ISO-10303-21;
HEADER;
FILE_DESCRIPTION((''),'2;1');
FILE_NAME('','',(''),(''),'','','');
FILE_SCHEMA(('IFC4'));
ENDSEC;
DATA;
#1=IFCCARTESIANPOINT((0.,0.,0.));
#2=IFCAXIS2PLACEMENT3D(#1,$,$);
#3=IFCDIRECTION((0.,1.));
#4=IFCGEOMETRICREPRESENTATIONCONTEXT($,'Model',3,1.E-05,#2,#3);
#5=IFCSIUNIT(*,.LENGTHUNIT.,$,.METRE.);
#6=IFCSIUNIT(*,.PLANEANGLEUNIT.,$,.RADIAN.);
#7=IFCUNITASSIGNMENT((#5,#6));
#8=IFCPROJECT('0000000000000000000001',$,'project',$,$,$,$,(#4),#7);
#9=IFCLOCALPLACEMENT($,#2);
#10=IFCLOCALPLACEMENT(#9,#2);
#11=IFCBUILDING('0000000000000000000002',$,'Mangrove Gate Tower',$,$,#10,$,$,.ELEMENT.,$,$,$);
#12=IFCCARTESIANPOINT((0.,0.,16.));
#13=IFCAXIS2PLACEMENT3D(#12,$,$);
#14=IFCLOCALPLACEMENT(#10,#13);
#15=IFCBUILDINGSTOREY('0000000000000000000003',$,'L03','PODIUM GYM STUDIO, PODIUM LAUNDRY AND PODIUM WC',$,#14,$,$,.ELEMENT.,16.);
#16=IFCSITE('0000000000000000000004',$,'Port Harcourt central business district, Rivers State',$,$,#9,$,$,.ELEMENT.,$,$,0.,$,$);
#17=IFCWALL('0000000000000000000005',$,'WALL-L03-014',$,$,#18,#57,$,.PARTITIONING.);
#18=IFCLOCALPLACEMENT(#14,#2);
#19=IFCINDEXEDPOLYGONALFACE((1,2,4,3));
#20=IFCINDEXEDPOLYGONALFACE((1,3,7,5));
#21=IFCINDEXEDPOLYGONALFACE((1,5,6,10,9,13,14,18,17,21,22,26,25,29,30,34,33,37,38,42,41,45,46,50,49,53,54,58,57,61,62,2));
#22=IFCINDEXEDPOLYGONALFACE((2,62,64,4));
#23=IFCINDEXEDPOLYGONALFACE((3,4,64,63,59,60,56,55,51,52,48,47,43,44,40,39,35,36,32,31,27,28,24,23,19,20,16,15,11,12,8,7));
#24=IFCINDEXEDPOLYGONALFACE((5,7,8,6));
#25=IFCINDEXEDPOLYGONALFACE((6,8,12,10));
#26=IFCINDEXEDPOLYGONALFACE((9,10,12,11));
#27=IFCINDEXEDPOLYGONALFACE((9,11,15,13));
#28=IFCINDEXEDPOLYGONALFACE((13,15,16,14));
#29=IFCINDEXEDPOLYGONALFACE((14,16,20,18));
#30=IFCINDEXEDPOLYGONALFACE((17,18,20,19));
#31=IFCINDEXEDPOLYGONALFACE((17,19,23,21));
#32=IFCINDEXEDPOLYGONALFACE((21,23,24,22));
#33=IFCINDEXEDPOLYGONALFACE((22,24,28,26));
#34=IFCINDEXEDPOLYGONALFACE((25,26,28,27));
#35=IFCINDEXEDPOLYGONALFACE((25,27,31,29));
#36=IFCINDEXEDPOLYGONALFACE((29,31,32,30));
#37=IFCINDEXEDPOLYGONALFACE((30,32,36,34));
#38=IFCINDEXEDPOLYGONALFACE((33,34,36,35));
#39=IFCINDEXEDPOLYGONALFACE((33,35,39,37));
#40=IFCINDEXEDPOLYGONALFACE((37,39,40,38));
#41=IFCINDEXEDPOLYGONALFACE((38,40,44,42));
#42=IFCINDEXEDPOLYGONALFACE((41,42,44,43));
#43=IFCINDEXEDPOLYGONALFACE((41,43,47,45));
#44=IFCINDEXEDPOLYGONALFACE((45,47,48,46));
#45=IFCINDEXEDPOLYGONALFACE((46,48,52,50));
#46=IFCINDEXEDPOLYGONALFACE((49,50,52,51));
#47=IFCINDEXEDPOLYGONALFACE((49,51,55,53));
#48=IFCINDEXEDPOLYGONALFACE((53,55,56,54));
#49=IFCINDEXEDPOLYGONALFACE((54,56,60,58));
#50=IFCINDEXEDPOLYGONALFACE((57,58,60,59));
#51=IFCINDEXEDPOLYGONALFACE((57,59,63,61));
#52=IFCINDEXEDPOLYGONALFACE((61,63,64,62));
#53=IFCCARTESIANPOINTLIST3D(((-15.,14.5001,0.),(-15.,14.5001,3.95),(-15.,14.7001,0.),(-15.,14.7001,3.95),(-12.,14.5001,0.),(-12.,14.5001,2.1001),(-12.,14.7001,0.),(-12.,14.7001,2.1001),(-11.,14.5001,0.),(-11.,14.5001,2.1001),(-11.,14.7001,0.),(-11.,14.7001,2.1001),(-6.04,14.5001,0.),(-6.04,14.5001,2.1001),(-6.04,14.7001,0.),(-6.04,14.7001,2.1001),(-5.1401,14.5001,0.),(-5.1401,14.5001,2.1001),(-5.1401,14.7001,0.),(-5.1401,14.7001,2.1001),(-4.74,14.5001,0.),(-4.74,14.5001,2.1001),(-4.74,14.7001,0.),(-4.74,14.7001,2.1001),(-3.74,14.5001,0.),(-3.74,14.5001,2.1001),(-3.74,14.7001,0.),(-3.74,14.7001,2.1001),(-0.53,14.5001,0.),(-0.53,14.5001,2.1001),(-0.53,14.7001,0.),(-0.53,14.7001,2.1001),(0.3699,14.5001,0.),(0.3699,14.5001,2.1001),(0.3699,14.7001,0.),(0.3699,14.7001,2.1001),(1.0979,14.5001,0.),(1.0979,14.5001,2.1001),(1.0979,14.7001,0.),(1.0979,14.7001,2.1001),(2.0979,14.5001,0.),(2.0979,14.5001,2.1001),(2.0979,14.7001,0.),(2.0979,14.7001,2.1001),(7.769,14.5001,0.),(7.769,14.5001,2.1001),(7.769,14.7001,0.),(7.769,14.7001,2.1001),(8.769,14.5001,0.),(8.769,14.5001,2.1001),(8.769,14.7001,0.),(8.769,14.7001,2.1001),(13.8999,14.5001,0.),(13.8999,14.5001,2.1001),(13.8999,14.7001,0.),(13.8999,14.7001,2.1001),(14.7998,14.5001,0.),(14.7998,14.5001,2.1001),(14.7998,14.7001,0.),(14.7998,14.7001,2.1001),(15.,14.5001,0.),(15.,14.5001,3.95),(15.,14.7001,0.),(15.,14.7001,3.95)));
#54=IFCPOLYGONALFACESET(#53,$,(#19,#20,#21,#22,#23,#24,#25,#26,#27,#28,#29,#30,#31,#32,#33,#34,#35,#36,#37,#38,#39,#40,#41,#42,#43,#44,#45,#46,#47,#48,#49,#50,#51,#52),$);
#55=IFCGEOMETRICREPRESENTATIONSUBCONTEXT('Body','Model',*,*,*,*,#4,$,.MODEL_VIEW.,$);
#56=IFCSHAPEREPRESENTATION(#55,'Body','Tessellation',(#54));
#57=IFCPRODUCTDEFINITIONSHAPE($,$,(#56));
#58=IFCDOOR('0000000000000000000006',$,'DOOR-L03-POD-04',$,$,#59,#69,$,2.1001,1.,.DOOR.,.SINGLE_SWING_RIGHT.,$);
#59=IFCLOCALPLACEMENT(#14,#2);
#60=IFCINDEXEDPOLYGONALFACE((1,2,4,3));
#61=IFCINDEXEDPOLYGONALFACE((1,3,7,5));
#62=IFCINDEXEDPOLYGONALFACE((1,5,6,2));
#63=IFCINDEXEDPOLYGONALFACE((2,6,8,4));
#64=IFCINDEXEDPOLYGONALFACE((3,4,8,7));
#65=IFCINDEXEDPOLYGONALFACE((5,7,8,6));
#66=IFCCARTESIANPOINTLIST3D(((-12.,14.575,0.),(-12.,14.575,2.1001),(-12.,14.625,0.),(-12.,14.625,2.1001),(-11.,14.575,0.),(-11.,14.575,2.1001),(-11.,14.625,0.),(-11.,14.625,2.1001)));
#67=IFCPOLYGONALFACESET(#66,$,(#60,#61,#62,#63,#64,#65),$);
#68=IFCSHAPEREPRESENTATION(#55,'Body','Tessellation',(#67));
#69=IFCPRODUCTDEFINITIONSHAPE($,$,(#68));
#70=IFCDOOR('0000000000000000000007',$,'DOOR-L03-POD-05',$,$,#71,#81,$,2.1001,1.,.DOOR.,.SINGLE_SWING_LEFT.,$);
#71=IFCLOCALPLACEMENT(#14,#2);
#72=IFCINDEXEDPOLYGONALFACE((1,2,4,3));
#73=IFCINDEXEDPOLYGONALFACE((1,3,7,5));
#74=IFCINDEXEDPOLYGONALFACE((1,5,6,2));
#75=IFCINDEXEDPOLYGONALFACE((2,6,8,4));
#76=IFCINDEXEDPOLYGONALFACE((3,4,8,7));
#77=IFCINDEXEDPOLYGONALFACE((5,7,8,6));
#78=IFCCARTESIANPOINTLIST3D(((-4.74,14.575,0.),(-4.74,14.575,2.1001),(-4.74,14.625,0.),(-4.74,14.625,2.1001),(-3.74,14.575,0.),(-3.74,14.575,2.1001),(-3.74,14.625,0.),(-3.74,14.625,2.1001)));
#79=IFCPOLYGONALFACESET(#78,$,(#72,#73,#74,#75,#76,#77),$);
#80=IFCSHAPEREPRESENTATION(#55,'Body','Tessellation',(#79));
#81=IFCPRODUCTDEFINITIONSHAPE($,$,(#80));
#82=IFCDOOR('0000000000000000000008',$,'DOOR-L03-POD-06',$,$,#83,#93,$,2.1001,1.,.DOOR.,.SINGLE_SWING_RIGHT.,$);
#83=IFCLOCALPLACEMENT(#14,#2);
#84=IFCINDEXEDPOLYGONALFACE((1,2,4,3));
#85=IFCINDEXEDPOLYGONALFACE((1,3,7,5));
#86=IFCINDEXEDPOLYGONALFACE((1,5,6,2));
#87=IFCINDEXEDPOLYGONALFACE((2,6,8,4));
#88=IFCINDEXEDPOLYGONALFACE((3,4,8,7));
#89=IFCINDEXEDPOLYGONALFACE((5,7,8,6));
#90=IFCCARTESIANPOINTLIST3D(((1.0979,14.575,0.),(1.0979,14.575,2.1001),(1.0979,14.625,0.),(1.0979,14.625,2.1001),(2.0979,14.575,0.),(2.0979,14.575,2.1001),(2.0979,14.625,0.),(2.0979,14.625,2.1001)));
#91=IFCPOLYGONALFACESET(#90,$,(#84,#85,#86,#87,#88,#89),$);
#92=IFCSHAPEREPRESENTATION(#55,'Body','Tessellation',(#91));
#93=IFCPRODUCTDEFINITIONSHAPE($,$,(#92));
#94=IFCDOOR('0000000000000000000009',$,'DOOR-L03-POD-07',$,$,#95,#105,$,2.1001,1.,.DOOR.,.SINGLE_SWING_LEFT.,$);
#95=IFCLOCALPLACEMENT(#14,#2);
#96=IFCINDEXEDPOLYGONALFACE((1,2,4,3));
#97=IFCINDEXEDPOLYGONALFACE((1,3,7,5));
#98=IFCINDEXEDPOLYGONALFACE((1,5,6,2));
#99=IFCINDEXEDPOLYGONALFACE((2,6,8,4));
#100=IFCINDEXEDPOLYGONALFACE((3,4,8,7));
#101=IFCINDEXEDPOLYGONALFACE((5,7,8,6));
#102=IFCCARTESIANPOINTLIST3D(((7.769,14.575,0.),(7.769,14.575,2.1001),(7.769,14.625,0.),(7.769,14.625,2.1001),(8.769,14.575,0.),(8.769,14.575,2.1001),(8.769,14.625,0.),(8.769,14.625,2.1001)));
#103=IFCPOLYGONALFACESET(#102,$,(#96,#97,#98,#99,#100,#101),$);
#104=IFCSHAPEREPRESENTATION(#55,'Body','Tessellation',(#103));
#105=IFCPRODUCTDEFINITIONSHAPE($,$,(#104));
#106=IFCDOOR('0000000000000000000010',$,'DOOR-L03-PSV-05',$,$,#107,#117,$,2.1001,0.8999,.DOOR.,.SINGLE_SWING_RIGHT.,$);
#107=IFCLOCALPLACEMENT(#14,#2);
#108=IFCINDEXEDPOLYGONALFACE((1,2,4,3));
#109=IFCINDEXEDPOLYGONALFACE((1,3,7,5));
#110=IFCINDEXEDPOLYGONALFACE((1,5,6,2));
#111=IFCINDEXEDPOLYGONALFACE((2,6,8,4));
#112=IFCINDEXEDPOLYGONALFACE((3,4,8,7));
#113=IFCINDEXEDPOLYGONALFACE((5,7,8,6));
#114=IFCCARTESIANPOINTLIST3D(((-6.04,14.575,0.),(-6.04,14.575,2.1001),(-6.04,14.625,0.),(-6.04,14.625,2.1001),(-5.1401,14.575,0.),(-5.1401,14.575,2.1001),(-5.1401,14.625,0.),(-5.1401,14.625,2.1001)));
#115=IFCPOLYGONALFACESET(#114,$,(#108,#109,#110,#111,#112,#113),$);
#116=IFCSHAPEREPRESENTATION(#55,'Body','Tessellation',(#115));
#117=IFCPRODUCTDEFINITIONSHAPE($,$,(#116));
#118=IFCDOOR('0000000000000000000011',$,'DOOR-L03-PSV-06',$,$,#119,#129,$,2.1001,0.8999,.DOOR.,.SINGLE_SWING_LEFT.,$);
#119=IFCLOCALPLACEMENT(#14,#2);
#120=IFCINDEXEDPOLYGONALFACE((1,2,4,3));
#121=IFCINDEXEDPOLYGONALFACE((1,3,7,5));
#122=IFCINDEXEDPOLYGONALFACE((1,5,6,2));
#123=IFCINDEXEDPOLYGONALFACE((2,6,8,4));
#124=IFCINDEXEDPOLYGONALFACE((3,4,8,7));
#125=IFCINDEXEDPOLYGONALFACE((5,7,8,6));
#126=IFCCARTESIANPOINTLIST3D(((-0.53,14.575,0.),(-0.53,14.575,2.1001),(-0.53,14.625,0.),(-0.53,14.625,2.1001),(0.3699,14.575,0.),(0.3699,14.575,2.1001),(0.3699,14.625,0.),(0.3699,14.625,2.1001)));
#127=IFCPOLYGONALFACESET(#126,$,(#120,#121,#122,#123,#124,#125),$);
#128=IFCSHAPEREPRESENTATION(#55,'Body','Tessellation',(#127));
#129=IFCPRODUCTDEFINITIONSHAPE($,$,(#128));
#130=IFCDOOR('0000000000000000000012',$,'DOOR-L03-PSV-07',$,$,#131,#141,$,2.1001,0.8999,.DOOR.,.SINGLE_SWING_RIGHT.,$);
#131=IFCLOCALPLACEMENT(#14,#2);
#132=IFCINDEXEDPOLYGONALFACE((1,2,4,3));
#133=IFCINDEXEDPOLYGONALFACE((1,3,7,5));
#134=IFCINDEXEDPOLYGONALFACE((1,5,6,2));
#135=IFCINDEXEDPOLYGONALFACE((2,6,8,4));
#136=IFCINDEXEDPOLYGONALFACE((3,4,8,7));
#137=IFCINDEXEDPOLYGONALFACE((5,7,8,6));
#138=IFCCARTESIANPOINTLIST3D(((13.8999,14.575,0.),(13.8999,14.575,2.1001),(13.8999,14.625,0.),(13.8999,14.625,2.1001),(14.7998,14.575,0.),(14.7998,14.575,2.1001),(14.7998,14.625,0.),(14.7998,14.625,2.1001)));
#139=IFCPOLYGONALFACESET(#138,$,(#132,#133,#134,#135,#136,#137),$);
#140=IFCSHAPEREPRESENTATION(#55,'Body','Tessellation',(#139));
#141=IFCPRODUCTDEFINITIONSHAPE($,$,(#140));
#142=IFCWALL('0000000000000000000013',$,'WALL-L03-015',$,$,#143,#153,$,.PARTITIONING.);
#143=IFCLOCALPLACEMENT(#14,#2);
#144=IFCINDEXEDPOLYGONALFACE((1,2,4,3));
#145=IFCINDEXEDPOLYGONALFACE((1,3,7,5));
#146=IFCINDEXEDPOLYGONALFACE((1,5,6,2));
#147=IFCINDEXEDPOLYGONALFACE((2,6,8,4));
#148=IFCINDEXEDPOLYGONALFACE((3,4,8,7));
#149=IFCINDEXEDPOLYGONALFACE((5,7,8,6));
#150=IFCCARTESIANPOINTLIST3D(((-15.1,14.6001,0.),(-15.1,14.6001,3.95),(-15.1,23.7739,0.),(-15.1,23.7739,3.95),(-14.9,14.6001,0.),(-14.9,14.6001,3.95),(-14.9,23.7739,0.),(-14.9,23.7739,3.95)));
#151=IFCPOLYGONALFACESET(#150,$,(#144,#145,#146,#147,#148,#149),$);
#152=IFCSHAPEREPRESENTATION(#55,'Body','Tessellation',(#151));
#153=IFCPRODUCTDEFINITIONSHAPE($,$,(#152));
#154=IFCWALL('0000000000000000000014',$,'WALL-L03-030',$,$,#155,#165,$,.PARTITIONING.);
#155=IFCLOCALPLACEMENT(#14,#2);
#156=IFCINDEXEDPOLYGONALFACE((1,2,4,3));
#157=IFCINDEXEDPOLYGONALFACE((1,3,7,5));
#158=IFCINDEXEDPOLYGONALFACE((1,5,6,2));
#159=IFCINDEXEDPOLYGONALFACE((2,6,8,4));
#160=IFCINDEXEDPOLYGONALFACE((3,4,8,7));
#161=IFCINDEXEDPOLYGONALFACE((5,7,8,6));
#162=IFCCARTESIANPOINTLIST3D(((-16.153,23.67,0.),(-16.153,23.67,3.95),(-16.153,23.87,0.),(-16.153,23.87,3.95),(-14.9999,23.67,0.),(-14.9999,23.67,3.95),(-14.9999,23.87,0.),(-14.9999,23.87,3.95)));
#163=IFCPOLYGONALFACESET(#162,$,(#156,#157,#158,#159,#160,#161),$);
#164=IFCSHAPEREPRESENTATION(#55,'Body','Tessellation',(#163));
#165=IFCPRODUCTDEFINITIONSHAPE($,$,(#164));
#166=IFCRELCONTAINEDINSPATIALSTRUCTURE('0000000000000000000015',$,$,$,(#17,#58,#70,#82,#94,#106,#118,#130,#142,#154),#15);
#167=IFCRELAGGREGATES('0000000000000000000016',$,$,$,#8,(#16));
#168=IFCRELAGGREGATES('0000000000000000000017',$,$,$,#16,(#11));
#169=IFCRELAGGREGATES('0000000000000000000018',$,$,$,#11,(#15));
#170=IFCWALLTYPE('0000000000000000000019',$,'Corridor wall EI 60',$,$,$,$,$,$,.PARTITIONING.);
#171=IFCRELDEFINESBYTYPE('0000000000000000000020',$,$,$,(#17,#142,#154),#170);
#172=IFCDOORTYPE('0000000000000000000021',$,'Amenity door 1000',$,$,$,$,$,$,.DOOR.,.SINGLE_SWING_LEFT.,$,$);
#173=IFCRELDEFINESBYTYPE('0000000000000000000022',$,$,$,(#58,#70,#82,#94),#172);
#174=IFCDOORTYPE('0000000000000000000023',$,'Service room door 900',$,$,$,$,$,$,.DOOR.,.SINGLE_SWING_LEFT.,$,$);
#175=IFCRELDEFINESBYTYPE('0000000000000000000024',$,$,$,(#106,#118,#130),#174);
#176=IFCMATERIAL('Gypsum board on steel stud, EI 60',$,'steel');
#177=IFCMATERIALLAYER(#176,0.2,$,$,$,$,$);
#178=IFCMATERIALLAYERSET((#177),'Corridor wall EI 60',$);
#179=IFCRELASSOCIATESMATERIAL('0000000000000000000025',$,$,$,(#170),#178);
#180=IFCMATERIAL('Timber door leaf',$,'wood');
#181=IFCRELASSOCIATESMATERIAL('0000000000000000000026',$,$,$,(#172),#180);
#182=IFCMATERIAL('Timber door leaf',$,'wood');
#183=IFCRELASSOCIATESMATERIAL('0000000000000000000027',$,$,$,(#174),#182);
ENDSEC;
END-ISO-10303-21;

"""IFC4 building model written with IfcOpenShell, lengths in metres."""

from ifc_helpers import new_model, si_unit, direction, frame, frame_2d, origin, place, context, subcontext, project, spatial, rectangle, extrude, material, layer, layer_set, type_object, element, fill, save


model = new_model("IFC4")

# Units and contexts
model_context = context("Model", 3, precision=1e-05, world=origin(), true_north=direction((0.0, 1.0)))
body_context = subcontext(model_context, "Body", "Model", "MODEL_VIEW")
ifc_project = project(units=[si_unit("LENGTHUNIT", "METRE"), si_unit("PLANEANGLEUNIT", "RADIAN")], contexts=[model_context])

# Site, building, storey
site_placement = place(None, origin())
site = spatial("IfcSite", under=ifc_project, at=site_placement, Name="Port Harcourt central business district, Rivers State", CompositionType="ELEMENT", RefElevation=0.0)
building_placement = place(site_placement, origin())
building = spatial("IfcBuilding", under=site, at=building_placement, Name="Mangrove Gate Tower", CompositionType="ELEMENT")
storey_placement = place(building_placement, frame((0.0, 0.0, 16.0)))
storey = spatial("IfcBuildingStorey", under=building, at=storey_placement, Name="L03", Description="PODIUM GYM STUDIO, PODIUM LAUNDRY AND PODIUM WC", CompositionType="ELEMENT", Elevation=16.0)

# Wall, openings, doors
ifc_material_1 = material(Name="Gypsum board on steel stud, EI 60", Category="steel")
ifc_layer_1 = layer(ifc_material_1, 0.2)
ifc_layer_set_1 = layer_set([ifc_layer_1], Name="Corridor wall EI 60")
wall_type_1 = type_object("IfcWallType", Name="Corridor wall EI 60", PredefinedType="PARTITIONING", material=ifc_layer_set_1)
wall_1_placement = place(storey_placement, frame((-15.0, 14.6001, 0.0), z_axis=(0.0, 0.0, 1.0), x_axis=(1.0, 0.0, 0.0)))
wall_1 = element("IfcWall", 1, at=wall_1_placement, inside=storey, type_object=wall_type_1, Name="WALL-L03-014", PredefinedType="PARTITIONING", context=body_context, shape_type="SweptSolid", body=[
    extrude(rectangle(XDim=30.0, YDim=0.2, at=frame_2d((15.0, 0.0))), origin(), (0.0, 0.0, 1.0), 3.95),
])
opening_1_placement = place(wall_1_placement, frame((3.0, 0.0, 0.0)))
opening_1 = element("IfcOpeningElement", 2, at=opening_1_placement, cuts=wall_1, PredefinedType="OPENING", context=body_context, shape_type="SweptSolid", body=[
    extrude(rectangle(XDim=1.0, YDim=2.1001, at=frame_2d((0.5, 1.05))), frame((0.0, 0.1099, 0.0), z_axis=(0.0, -1.0, 0.0), x_axis=(1.0, 0.0, 0.0)), (0.0, 0.0, 1.0), 0.22),
])
opening_2_placement = place(wall_1_placement, frame((10.26, 0.0, 0.0)))
opening_2 = element("IfcOpeningElement", 3, at=opening_2_placement, cuts=wall_1, PredefinedType="OPENING", context=body_context, shape_type="SweptSolid", body=[
    extrude(rectangle(XDim=1.0, YDim=2.1001, at=frame_2d((0.5, 1.05))), frame((0.0, 0.1099, 0.0), z_axis=(0.0, -1.0, 0.0), x_axis=(1.0, 0.0, 0.0)), (0.0, 0.0, 1.0), 0.22),
])
opening_3_placement = place(wall_1_placement, frame((8.96, 0.0, 0.0)))
opening_3 = element("IfcOpeningElement", 4, at=opening_3_placement, cuts=wall_1, PredefinedType="OPENING", context=body_context, shape_type="SweptSolid", body=[
    extrude(rectangle(XDim=0.8999, YDim=2.1001, at=frame_2d((0.45, 1.05))), frame((0.0, 0.1099, 0.0), z_axis=(0.0, -1.0, 0.0), x_axis=(1.0, 0.0, 0.0)), (0.0, 0.0, 1.0), 0.22),
])
opening_4_placement = place(wall_1_placement, frame((16.0979, 0.0, 0.0)))
opening_4 = element("IfcOpeningElement", 5, at=opening_4_placement, cuts=wall_1, PredefinedType="OPENING", context=body_context, shape_type="SweptSolid", body=[
    extrude(rectangle(XDim=1.0, YDim=2.1001, at=frame_2d((0.5, 1.05))), frame((0.0, 0.1099, 0.0), z_axis=(0.0, -1.0, 0.0), x_axis=(1.0, 0.0, 0.0)), (0.0, 0.0, 1.0), 0.22),
])
opening_5_placement = place(wall_1_placement, frame((14.47, 0.0, 0.0)))
opening_5 = element("IfcOpeningElement", 6, at=opening_5_placement, cuts=wall_1, PredefinedType="OPENING", context=body_context, shape_type="SweptSolid", body=[
    extrude(rectangle(XDim=0.8999, YDim=2.1001, at=frame_2d((0.45, 1.05))), frame((0.0, 0.1099, 0.0), z_axis=(0.0, -1.0, 0.0), x_axis=(1.0, 0.0, 0.0)), (0.0, 0.0, 1.0), 0.22),
])
opening_6_placement = place(wall_1_placement, frame((22.769, 0.0, 0.0)))
opening_6 = element("IfcOpeningElement", 7, at=opening_6_placement, cuts=wall_1, PredefinedType="OPENING", context=body_context, shape_type="SweptSolid", body=[
    extrude(rectangle(XDim=1.0, YDim=2.1001, at=frame_2d((0.5, 1.05))), frame((0.0, 0.1099, 0.0), z_axis=(0.0, -1.0, 0.0), x_axis=(1.0, 0.0, 0.0)), (0.0, 0.0, 1.0), 0.22),
])
opening_7_placement = place(wall_1_placement, frame((28.8999, 0.0, 0.0)))
opening_7 = element("IfcOpeningElement", 8, at=opening_7_placement, cuts=wall_1, PredefinedType="OPENING", context=body_context, shape_type="SweptSolid", body=[
    extrude(rectangle(XDim=0.8999, YDim=2.1001, at=frame_2d((0.45, 1.05))), frame((0.0, 0.1099, 0.0), z_axis=(0.0, -1.0, 0.0), x_axis=(1.0, 0.0, 0.0)), (0.0, 0.0, 1.0), 0.22),
])
ifc_material_2 = material(Name="Timber door leaf", Category="wood")
door_type_1 = type_object("IfcDoorType", Name="Amenity door 1000", OperationType="SINGLE_SWING_LEFT", PredefinedType="DOOR", material=ifc_material_2)
door_1_placement = place(opening_1_placement, origin())
door_1 = element("IfcDoor", 9, at=door_1_placement, inside=storey, type_object=door_type_1, Name="DOOR-L03-POD-04", OperationType="SINGLE_SWING_RIGHT", OverallHeight=2.1001, OverallWidth=1.0, PredefinedType="DOOR", context=body_context, shape_type="SweptSolid", body=[
    extrude(rectangle(XDim=1.0, YDim=2.1001, at=frame_2d((0.5, 1.05))), frame((0.0, 0.0249, 0.0), z_axis=(0.0, -1.0, 0.0), x_axis=(1.0, 0.0, 0.0)), (0.0, 0.0, 1.0), 0.05),
])
fill(opening_1, door_1)
door_2_placement = place(opening_2_placement, origin())
door_2 = element("IfcDoor", 10, at=door_2_placement, inside=storey, type_object=door_type_1, Name="DOOR-L03-POD-05", OperationType="SINGLE_SWING_LEFT", OverallHeight=2.1001, OverallWidth=1.0, PredefinedType="DOOR", context=body_context, shape_type="SweptSolid", body=[
    extrude(rectangle(XDim=1.0, YDim=2.1001, at=frame_2d((0.5, 1.05))), frame((0.0, 0.0249, 0.0), z_axis=(0.0, -1.0, 0.0), x_axis=(1.0, 0.0, 0.0)), (0.0, 0.0, 1.0), 0.05),
])
fill(opening_2, door_2)
door_3_placement = place(opening_4_placement, origin())
door_3 = element("IfcDoor", 11, at=door_3_placement, inside=storey, type_object=door_type_1, Name="DOOR-L03-POD-06", OperationType="SINGLE_SWING_RIGHT", OverallHeight=2.1001, OverallWidth=1.0, PredefinedType="DOOR", context=body_context, shape_type="SweptSolid", body=[
    extrude(rectangle(XDim=1.0, YDim=2.1001, at=frame_2d((0.5, 1.05))), frame((0.0, 0.0249, 0.0), z_axis=(0.0, -1.0, 0.0), x_axis=(1.0, 0.0, 0.0)), (0.0, 0.0, 1.0), 0.05),
])
fill(opening_4, door_3)
door_4_placement = place(opening_6_placement, origin())
door_4 = element("IfcDoor", 12, at=door_4_placement, inside=storey, type_object=door_type_1, Name="DOOR-L03-POD-07", OperationType="SINGLE_SWING_LEFT", OverallHeight=2.1001, OverallWidth=1.0, PredefinedType="DOOR", context=body_context, shape_type="SweptSolid", body=[
    extrude(rectangle(XDim=1.0, YDim=2.1001, at=frame_2d((0.5, 1.05))), frame((0.0, 0.0249, 0.0), z_axis=(0.0, -1.0, 0.0), x_axis=(1.0, 0.0, 0.0)), (0.0, 0.0, 1.0), 0.05),
])
fill(opening_6, door_4)
ifc_material_3 = material(Name="Timber door leaf", Category="wood")
door_type_2 = type_object("IfcDoorType", Name="Service room door 900", OperationType="SINGLE_SWING_LEFT", PredefinedType="DOOR", material=ifc_material_3)
door_5_placement = place(opening_3_placement, origin())
door_5 = element("IfcDoor", 13, at=door_5_placement, inside=storey, type_object=door_type_2, Name="DOOR-L03-PSV-05", OperationType="SINGLE_SWING_RIGHT", OverallHeight=2.1001, OverallWidth=0.8999, PredefinedType="DOOR", context=body_context, shape_type="SweptSolid", body=[
    extrude(rectangle(XDim=0.8999, YDim=2.1001, at=frame_2d((0.45, 1.05))), frame((0.0, 0.0249, 0.0), z_axis=(0.0, -1.0, 0.0), x_axis=(1.0, 0.0, 0.0)), (0.0, 0.0, 1.0), 0.05),
])
fill(opening_3, door_5)
door_6_placement = place(opening_5_placement, origin())
door_6 = element("IfcDoor", 14, at=door_6_placement, inside=storey, type_object=door_type_2, Name="DOOR-L03-PSV-06", OperationType="SINGLE_SWING_LEFT", OverallHeight=2.1001, OverallWidth=0.8999, PredefinedType="DOOR", context=body_context, shape_type="SweptSolid", body=[
    extrude(rectangle(XDim=0.8999, YDim=2.1001, at=frame_2d((0.45, 1.05))), frame((0.0, 0.0249, 0.0), z_axis=(0.0, -1.0, 0.0), x_axis=(1.0, 0.0, 0.0)), (0.0, 0.0, 1.0), 0.05),
])
fill(opening_5, door_6)
door_7_placement = place(opening_7_placement, origin())
door_7 = element("IfcDoor", 15, at=door_7_placement, inside=storey, type_object=door_type_2, Name="DOOR-L03-PSV-07", OperationType="SINGLE_SWING_RIGHT", OverallHeight=2.1001, OverallWidth=0.8999, PredefinedType="DOOR", context=body_context, shape_type="SweptSolid", body=[
    extrude(rectangle(XDim=0.8999, YDim=2.1001, at=frame_2d((0.45, 1.05))), frame((0.0, 0.0249, 0.0), z_axis=(0.0, -1.0, 0.0), x_axis=(1.0, 0.0, 0.0)), (0.0, 0.0, 1.0), 0.05),
])
fill(opening_7, door_7)

# Walls
wall_2_placement = place(storey_placement, frame((-15.0, 14.6001, 0.0), z_axis=(0.0, 0.0, 1.0), x_axis=(0.0, 1.0, 0.0)))
element("IfcWall", 16, at=wall_2_placement, inside=storey, type_object=wall_type_1, Name="WALL-L03-015", PredefinedType="PARTITIONING", context=body_context, shape_type="SweptSolid", body=[
    extrude(rectangle(XDim=9.1738, YDim=0.2, at=frame_2d((4.5869, 0.0))), origin(), (0.0, 0.0, 1.0), 3.95),
])
wall_3_placement = place(storey_placement, frame((-16.1531, 23.77, 0.0), z_axis=(0.0, 0.0, 1.0), x_axis=(1.0, 0.0, 0.0)))
element("IfcWall", 17, at=wall_3_placement, inside=storey, type_object=wall_type_1, Name="WALL-L03-030", PredefinedType="PARTITIONING", context=body_context, shape_type="SweptSolid", body=[
    extrude(rectangle(XDim=1.1531, YDim=0.2, at=frame_2d((0.5767, 0.0))), origin(), (0.0, 0.0, 1.0), 3.95),
])

save(model, "model.ifc")
